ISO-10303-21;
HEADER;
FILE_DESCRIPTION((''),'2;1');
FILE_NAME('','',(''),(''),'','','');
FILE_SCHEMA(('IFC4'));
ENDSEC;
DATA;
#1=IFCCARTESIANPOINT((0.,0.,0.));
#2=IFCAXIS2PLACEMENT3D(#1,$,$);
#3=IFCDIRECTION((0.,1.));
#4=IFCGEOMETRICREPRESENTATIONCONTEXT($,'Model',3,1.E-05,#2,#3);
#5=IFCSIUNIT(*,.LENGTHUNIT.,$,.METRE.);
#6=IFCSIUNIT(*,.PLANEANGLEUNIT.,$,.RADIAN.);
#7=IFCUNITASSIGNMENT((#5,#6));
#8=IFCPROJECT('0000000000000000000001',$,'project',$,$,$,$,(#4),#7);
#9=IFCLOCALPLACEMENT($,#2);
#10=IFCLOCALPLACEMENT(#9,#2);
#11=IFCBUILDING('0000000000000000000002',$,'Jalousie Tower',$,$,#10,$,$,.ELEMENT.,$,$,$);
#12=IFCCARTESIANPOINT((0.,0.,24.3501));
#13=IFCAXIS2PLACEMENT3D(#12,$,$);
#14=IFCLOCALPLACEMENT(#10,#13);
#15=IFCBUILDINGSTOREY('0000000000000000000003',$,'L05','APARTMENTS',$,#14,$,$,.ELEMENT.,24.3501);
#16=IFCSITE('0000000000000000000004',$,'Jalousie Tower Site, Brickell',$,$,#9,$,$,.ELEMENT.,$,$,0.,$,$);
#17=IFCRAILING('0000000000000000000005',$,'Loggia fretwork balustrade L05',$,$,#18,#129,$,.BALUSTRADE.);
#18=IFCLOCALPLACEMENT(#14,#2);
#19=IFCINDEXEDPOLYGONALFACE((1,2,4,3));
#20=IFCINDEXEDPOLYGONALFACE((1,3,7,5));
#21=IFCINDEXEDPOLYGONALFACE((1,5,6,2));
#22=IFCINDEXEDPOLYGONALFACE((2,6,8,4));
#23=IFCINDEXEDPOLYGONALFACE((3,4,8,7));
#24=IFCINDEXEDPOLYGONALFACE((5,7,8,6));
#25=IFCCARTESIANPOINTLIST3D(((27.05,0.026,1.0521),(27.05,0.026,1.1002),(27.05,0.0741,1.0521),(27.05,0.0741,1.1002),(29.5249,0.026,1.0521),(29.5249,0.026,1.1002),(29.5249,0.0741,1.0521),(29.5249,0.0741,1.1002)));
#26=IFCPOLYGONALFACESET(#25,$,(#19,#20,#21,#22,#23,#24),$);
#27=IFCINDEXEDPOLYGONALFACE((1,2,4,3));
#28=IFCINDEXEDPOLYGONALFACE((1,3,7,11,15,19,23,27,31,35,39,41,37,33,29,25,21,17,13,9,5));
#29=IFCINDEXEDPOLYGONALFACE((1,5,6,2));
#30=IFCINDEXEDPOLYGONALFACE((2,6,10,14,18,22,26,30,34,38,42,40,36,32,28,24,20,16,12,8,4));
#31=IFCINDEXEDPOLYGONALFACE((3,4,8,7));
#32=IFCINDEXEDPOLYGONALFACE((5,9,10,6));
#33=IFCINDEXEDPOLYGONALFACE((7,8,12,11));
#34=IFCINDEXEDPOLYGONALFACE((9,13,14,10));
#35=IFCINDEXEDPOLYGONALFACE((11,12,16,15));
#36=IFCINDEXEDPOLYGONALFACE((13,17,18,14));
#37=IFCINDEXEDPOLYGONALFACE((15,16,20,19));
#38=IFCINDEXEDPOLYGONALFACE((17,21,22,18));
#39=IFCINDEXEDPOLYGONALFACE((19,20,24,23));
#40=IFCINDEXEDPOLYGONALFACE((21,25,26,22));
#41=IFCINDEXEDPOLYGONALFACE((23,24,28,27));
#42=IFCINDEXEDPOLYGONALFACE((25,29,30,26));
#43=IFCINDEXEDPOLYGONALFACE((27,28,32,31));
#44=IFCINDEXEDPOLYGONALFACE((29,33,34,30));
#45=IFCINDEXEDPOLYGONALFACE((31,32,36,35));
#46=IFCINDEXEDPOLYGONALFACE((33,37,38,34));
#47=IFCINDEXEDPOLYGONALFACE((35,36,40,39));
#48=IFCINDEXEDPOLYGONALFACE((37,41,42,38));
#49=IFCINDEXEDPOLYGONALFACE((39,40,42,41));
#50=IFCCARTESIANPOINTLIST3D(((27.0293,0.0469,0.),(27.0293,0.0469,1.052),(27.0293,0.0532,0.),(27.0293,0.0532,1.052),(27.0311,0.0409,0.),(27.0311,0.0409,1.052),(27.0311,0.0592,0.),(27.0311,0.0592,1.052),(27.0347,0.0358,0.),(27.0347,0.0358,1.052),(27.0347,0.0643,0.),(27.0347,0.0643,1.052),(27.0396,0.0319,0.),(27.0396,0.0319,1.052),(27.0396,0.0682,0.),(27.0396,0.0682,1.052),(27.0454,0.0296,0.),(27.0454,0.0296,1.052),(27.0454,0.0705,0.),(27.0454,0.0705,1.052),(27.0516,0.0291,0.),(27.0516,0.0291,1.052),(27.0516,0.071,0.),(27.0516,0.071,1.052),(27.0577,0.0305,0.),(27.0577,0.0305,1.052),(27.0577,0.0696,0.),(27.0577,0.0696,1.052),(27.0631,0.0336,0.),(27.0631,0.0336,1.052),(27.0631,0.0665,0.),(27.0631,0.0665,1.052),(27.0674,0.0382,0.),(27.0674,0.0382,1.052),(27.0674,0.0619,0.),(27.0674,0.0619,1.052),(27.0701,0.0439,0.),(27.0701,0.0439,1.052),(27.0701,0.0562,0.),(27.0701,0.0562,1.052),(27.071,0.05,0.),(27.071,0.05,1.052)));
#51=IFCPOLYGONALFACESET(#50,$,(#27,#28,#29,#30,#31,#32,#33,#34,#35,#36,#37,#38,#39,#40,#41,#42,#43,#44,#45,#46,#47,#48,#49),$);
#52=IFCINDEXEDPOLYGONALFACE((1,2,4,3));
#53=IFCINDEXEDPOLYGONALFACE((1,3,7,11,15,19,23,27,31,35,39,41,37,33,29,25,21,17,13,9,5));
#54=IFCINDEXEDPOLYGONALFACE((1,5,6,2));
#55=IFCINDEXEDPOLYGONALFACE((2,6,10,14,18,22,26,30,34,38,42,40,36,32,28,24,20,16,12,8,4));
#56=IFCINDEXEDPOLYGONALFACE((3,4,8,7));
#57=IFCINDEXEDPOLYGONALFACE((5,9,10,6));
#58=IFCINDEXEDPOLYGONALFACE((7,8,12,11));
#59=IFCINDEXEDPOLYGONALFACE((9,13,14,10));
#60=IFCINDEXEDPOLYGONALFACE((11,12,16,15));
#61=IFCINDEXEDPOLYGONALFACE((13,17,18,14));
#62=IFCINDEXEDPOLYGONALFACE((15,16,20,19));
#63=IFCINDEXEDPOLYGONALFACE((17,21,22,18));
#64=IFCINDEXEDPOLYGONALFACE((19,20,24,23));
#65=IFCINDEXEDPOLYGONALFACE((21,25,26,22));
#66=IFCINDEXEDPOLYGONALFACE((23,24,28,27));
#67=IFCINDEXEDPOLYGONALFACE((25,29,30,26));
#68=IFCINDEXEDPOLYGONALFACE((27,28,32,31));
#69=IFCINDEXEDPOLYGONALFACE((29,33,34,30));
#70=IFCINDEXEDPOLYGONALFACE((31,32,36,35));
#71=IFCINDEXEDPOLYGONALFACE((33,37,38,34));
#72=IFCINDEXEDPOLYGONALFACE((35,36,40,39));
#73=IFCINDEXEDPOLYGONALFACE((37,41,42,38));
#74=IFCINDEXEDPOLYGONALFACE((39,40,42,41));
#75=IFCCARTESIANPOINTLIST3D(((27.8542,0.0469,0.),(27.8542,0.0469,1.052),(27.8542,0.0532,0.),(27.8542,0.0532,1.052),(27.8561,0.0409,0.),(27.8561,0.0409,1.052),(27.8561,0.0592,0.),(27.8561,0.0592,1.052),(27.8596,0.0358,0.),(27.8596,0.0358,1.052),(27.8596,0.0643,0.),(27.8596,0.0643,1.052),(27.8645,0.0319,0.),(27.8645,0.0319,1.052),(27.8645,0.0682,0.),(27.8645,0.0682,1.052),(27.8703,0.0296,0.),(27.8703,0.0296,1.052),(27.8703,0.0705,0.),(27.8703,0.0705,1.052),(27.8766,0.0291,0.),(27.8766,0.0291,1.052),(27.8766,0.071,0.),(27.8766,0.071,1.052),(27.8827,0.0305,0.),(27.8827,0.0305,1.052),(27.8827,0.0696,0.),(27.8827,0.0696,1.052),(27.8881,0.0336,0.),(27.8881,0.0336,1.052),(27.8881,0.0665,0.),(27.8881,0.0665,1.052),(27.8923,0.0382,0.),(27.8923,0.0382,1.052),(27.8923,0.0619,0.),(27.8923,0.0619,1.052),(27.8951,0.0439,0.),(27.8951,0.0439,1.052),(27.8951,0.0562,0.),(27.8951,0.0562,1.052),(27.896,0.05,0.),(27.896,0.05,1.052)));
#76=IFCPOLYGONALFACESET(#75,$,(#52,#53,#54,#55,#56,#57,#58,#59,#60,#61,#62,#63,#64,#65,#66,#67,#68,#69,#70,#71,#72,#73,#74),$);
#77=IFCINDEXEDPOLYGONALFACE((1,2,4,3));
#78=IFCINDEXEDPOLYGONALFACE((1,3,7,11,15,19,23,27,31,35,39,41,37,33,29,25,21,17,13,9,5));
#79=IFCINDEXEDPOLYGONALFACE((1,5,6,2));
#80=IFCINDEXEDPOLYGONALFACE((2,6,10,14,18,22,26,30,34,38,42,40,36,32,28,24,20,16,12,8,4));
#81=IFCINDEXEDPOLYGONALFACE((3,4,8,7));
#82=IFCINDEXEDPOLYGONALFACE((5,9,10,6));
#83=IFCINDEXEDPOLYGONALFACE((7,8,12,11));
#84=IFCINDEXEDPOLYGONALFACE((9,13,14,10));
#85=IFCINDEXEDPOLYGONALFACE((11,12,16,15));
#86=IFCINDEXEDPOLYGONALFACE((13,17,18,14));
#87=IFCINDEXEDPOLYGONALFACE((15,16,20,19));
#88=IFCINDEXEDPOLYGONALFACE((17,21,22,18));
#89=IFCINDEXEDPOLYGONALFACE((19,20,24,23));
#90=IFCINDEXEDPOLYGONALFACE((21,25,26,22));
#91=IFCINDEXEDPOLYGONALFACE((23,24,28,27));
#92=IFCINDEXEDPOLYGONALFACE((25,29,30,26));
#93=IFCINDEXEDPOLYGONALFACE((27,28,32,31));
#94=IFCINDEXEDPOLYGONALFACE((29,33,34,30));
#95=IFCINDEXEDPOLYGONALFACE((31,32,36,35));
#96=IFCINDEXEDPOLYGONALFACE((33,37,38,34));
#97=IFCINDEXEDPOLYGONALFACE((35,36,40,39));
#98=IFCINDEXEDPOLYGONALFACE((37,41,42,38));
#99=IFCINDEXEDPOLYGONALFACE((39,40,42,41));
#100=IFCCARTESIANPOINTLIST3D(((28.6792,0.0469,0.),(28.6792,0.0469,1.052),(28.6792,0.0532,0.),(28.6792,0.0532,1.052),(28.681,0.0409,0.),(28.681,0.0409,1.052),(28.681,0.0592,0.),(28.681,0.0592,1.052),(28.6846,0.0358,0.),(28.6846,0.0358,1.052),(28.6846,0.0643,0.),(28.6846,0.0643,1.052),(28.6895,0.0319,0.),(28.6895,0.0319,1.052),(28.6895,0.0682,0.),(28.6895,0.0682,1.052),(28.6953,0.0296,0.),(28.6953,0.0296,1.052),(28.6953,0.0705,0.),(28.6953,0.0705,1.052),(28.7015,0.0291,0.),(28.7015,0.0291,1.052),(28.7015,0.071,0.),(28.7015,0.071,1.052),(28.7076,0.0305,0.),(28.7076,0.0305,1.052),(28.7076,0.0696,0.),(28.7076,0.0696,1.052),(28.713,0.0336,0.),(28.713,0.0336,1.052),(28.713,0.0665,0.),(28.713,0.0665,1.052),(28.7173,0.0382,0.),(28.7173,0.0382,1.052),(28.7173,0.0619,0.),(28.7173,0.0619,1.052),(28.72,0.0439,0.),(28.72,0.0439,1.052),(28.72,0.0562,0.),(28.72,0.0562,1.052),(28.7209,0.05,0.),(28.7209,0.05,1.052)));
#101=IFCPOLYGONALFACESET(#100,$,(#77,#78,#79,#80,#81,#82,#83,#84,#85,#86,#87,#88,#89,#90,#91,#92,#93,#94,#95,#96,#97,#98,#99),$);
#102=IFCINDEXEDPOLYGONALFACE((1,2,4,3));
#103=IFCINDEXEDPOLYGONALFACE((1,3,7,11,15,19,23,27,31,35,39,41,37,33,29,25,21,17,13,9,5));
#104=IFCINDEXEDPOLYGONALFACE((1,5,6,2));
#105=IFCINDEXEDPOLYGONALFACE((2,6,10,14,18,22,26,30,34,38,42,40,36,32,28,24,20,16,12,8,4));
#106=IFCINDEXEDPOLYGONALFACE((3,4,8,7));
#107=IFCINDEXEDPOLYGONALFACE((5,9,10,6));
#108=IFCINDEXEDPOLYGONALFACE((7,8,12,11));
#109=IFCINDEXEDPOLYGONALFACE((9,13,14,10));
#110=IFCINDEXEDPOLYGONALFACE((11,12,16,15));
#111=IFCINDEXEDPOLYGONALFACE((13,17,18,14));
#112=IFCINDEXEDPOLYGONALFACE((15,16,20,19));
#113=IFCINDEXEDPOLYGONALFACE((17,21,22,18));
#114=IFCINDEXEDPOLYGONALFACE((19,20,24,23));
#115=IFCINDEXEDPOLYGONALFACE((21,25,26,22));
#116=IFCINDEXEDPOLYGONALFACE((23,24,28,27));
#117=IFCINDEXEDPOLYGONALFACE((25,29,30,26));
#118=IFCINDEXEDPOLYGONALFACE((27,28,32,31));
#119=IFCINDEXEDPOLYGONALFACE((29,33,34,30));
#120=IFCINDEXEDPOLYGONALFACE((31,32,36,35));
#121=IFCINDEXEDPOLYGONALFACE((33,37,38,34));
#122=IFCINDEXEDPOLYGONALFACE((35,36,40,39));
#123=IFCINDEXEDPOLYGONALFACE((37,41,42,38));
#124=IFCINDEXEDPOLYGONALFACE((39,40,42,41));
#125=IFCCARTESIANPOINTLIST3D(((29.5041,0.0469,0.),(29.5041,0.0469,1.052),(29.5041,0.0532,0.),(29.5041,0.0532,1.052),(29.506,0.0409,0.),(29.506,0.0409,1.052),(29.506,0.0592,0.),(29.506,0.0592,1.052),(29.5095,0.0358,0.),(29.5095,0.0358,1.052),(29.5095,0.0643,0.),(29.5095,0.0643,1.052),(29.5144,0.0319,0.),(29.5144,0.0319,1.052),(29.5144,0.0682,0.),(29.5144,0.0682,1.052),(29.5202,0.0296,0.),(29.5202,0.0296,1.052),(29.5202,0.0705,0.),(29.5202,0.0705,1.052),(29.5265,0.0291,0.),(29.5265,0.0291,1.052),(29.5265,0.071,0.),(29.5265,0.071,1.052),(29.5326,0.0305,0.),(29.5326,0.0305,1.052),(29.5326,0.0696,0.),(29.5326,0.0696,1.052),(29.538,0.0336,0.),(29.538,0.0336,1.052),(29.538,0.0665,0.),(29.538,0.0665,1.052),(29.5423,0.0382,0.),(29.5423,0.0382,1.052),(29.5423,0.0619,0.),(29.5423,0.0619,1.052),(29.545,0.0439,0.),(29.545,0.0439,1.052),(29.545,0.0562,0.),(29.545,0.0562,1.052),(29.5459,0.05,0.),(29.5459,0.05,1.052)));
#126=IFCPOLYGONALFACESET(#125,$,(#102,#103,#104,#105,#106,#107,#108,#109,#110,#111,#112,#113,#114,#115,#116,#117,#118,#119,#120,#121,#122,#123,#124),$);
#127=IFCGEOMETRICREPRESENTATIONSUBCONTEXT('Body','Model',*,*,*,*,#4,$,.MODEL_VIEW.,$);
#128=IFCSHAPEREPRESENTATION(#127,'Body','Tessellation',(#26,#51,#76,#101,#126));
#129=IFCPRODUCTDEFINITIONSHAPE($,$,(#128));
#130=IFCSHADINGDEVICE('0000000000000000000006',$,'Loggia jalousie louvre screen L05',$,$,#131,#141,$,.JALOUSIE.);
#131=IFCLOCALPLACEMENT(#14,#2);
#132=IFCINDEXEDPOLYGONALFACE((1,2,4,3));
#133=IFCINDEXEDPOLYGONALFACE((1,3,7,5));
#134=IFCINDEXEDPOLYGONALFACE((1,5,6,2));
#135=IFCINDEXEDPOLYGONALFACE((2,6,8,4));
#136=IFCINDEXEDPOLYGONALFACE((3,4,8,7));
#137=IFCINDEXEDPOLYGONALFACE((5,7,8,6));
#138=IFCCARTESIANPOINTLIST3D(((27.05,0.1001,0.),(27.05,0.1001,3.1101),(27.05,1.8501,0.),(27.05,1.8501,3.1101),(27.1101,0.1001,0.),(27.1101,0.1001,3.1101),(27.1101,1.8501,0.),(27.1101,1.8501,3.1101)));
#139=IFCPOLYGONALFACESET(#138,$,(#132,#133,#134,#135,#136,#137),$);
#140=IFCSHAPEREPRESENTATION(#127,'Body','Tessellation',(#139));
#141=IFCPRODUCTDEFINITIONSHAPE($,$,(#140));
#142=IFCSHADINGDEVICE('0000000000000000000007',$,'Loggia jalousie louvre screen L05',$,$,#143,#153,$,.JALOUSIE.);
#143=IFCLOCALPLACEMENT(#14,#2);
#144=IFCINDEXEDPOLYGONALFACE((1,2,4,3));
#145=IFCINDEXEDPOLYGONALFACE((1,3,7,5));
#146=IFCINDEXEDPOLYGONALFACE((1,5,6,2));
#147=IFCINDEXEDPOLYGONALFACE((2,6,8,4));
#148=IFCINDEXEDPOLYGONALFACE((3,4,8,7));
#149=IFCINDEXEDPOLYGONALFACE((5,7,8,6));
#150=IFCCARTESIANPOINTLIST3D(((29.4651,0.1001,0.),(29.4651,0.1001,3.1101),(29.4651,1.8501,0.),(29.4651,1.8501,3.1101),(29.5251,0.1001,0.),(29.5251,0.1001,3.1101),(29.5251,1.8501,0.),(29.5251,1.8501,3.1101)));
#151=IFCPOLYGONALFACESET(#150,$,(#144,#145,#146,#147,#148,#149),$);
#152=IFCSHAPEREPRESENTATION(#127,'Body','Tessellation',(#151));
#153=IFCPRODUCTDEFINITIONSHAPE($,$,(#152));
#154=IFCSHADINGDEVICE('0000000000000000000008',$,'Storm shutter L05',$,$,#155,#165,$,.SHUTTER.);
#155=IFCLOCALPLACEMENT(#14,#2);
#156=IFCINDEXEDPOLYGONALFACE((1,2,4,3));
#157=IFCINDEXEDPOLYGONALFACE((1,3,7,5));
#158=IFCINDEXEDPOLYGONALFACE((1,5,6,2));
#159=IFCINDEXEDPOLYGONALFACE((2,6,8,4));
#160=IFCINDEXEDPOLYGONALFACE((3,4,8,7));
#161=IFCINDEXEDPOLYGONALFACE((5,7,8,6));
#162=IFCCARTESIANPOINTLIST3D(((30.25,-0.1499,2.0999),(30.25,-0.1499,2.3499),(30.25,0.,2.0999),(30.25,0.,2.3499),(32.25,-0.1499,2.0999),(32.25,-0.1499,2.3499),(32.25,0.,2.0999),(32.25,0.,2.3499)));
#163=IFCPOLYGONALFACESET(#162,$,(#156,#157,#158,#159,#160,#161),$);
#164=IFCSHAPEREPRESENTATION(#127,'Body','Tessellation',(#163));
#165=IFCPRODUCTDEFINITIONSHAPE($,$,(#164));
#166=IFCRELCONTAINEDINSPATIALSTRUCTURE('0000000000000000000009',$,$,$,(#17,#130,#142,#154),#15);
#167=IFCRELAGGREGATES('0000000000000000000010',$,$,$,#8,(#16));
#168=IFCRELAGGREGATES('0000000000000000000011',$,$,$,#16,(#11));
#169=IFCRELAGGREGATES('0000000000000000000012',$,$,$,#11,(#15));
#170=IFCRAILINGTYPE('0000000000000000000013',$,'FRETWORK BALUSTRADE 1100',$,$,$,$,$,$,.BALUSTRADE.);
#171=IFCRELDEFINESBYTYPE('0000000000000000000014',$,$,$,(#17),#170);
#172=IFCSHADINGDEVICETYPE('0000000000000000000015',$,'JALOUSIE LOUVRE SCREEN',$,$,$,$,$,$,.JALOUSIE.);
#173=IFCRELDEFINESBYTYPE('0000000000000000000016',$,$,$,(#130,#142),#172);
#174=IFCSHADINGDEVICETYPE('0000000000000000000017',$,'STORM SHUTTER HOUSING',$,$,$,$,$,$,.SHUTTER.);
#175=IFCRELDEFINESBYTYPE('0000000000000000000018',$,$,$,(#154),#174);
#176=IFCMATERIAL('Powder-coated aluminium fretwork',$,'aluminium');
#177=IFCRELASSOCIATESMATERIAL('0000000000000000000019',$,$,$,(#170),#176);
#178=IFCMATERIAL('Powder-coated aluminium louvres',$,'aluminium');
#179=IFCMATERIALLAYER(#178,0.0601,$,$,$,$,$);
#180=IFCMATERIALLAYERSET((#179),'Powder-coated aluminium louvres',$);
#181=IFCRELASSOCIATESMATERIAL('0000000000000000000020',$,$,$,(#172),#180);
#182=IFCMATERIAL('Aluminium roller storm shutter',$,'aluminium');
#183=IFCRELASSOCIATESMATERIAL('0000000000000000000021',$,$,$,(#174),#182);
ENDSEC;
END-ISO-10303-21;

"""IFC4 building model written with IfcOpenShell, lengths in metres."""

from ifc_helpers import new_model, si_unit, direction, frame, origin, origin_2d, place, context, subcontext, project, spatial, rectangle, circle, extrude, material, layer, layer_set, type_object, element, save


model = new_model("IFC4")

# Units and contexts
model_context = context("Model", 3, precision=1e-05, world=origin(), true_north=direction((0.0, 1.0)))
body_context = subcontext(model_context, "Body", "Model", "MODEL_VIEW")
ifc_project = project(units=[si_unit("LENGTHUNIT", "METRE"), si_unit("PLANEANGLEUNIT", "RADIAN")], contexts=[model_context])

# Site, building, storey
site_placement = place(None, origin())
site = spatial("IfcSite", under=ifc_project, at=site_placement, Name="Jalousie Tower Site, Brickell", CompositionType="ELEMENT", RefElevation=0.0)
building_placement = place(site_placement, origin())
building = spatial("IfcBuilding", under=site, at=building_placement, Name="Jalousie Tower", CompositionType="ELEMENT")
storey_placement = place(building_placement, frame((0.0, 0.0, 24.3501)))
storey = spatial("IfcBuildingStorey", under=building, at=storey_placement, Name="L05", Description="APARTMENTS", CompositionType="ELEMENT", Elevation=24.3501)

# Railing
ifc_material_1 = material(Name="Powder-coated aluminium fretwork", Category="aluminium")
railing_type = type_object("IfcRailingType", Name="FRETWORK BALUSTRADE 1100", PredefinedType="BALUSTRADE", material=ifc_material_1)
railing_placement = place(storey_placement, frame((27.05, 0.05, 0.0)))
element("IfcRailing", 1, at=railing_placement, inside=storey, type_object=railing_type, Name="Loggia fretwork balustrade L05", PredefinedType="BALUSTRADE", context=body_context, shape_type="SweptSolid", body=[
    extrude(rectangle(XDim=0.0481, YDim=0.0481, at=origin_2d()), frame((0.0, 0.0, 1.0762), z_axis=(1.0, 0.0, 0.0), x_axis=(0.0, 1.0, 0.0)), (0.0, 0.0, 1.0), 2.4749),
    extrude(circle(Radius=0.021, at=origin_2d()), origin(), (0.0, 0.0, 1.0), 1.052),
    extrude(circle(Radius=0.021, at=origin_2d()), frame((0.825, 0.0, 0.0)), (0.0, 0.0, 1.0), 1.052),
    extrude(circle(Radius=0.021, at=origin_2d()), frame((1.6499, 0.0, 0.0)), (0.0, 0.0, 1.0), 1.052),
    extrude(circle(Radius=0.021, at=origin_2d()), frame((2.4749, 0.0, 0.0)), (0.0, 0.0, 1.0), 1.052),
])

# Shading devices
ifc_material_2 = material(Name="Powder-coated aluminium louvres", Category="aluminium")
ifc_layer_1 = layer(ifc_material_2, 0.0601)
ifc_layer_set_1 = layer_set([ifc_layer_1], Name="Powder-coated aluminium louvres")
shading_device_type_1 = type_object("IfcShadingDeviceType", Name="JALOUSIE LOUVRE SCREEN", PredefinedType="JALOUSIE", material=ifc_layer_set_1)
for number, where, z_axis, x_axis, name in (
    (2, (27.0801, 0.9751, 0.0), (0.0, 0.0, 1.0), (1.0, 0.0, 0.0), "Loggia jalousie louvre screen L05"),
    (3, (29.4951, 0.9751, 0.0), (0.0, 0.0, 1.0), (1.0, 0.0, 0.0), "Loggia jalousie louvre screen L05"),
):
    element("IfcShadingDevice", number, at=place(storey_placement, frame(where, z_axis=z_axis, x_axis=x_axis)), inside=storey, type_object=shading_device_type_1, Name=name, PredefinedType="JALOUSIE", context=body_context, shape_type="SweptSolid", body=[
        extrude(rectangle(XDim=0.0601, YDim=1.75, at=origin_2d()), origin(), (0.0, 0.0, 1.0), 3.1101),
    ])
ifc_material_3 = material(Name="Aluminium roller storm shutter", Category="aluminium")
shading_device_type_2 = type_object("IfcShadingDeviceType", Name="STORM SHUTTER HOUSING", PredefinedType="SHUTTER", material=ifc_material_3)
shading_device_placement = place(storey_placement, frame((31.25, -0.075, 2.0999), z_axis=(0.0, 0.0, 1.0), x_axis=(1.0, 0.0, 0.0)))
element("IfcShadingDevice", 4, at=shading_device_placement, inside=storey, type_object=shading_device_type_2, Name="Storm shutter L05", PredefinedType="SHUTTER", context=body_context, shape_type="SweptSolid", body=[
    extrude(rectangle(XDim=2.0, YDim=0.1499, at=origin_2d()), origin(), (0.0, 0.0, 1.0), 0.25),
])

save(model, "model.ifc")
